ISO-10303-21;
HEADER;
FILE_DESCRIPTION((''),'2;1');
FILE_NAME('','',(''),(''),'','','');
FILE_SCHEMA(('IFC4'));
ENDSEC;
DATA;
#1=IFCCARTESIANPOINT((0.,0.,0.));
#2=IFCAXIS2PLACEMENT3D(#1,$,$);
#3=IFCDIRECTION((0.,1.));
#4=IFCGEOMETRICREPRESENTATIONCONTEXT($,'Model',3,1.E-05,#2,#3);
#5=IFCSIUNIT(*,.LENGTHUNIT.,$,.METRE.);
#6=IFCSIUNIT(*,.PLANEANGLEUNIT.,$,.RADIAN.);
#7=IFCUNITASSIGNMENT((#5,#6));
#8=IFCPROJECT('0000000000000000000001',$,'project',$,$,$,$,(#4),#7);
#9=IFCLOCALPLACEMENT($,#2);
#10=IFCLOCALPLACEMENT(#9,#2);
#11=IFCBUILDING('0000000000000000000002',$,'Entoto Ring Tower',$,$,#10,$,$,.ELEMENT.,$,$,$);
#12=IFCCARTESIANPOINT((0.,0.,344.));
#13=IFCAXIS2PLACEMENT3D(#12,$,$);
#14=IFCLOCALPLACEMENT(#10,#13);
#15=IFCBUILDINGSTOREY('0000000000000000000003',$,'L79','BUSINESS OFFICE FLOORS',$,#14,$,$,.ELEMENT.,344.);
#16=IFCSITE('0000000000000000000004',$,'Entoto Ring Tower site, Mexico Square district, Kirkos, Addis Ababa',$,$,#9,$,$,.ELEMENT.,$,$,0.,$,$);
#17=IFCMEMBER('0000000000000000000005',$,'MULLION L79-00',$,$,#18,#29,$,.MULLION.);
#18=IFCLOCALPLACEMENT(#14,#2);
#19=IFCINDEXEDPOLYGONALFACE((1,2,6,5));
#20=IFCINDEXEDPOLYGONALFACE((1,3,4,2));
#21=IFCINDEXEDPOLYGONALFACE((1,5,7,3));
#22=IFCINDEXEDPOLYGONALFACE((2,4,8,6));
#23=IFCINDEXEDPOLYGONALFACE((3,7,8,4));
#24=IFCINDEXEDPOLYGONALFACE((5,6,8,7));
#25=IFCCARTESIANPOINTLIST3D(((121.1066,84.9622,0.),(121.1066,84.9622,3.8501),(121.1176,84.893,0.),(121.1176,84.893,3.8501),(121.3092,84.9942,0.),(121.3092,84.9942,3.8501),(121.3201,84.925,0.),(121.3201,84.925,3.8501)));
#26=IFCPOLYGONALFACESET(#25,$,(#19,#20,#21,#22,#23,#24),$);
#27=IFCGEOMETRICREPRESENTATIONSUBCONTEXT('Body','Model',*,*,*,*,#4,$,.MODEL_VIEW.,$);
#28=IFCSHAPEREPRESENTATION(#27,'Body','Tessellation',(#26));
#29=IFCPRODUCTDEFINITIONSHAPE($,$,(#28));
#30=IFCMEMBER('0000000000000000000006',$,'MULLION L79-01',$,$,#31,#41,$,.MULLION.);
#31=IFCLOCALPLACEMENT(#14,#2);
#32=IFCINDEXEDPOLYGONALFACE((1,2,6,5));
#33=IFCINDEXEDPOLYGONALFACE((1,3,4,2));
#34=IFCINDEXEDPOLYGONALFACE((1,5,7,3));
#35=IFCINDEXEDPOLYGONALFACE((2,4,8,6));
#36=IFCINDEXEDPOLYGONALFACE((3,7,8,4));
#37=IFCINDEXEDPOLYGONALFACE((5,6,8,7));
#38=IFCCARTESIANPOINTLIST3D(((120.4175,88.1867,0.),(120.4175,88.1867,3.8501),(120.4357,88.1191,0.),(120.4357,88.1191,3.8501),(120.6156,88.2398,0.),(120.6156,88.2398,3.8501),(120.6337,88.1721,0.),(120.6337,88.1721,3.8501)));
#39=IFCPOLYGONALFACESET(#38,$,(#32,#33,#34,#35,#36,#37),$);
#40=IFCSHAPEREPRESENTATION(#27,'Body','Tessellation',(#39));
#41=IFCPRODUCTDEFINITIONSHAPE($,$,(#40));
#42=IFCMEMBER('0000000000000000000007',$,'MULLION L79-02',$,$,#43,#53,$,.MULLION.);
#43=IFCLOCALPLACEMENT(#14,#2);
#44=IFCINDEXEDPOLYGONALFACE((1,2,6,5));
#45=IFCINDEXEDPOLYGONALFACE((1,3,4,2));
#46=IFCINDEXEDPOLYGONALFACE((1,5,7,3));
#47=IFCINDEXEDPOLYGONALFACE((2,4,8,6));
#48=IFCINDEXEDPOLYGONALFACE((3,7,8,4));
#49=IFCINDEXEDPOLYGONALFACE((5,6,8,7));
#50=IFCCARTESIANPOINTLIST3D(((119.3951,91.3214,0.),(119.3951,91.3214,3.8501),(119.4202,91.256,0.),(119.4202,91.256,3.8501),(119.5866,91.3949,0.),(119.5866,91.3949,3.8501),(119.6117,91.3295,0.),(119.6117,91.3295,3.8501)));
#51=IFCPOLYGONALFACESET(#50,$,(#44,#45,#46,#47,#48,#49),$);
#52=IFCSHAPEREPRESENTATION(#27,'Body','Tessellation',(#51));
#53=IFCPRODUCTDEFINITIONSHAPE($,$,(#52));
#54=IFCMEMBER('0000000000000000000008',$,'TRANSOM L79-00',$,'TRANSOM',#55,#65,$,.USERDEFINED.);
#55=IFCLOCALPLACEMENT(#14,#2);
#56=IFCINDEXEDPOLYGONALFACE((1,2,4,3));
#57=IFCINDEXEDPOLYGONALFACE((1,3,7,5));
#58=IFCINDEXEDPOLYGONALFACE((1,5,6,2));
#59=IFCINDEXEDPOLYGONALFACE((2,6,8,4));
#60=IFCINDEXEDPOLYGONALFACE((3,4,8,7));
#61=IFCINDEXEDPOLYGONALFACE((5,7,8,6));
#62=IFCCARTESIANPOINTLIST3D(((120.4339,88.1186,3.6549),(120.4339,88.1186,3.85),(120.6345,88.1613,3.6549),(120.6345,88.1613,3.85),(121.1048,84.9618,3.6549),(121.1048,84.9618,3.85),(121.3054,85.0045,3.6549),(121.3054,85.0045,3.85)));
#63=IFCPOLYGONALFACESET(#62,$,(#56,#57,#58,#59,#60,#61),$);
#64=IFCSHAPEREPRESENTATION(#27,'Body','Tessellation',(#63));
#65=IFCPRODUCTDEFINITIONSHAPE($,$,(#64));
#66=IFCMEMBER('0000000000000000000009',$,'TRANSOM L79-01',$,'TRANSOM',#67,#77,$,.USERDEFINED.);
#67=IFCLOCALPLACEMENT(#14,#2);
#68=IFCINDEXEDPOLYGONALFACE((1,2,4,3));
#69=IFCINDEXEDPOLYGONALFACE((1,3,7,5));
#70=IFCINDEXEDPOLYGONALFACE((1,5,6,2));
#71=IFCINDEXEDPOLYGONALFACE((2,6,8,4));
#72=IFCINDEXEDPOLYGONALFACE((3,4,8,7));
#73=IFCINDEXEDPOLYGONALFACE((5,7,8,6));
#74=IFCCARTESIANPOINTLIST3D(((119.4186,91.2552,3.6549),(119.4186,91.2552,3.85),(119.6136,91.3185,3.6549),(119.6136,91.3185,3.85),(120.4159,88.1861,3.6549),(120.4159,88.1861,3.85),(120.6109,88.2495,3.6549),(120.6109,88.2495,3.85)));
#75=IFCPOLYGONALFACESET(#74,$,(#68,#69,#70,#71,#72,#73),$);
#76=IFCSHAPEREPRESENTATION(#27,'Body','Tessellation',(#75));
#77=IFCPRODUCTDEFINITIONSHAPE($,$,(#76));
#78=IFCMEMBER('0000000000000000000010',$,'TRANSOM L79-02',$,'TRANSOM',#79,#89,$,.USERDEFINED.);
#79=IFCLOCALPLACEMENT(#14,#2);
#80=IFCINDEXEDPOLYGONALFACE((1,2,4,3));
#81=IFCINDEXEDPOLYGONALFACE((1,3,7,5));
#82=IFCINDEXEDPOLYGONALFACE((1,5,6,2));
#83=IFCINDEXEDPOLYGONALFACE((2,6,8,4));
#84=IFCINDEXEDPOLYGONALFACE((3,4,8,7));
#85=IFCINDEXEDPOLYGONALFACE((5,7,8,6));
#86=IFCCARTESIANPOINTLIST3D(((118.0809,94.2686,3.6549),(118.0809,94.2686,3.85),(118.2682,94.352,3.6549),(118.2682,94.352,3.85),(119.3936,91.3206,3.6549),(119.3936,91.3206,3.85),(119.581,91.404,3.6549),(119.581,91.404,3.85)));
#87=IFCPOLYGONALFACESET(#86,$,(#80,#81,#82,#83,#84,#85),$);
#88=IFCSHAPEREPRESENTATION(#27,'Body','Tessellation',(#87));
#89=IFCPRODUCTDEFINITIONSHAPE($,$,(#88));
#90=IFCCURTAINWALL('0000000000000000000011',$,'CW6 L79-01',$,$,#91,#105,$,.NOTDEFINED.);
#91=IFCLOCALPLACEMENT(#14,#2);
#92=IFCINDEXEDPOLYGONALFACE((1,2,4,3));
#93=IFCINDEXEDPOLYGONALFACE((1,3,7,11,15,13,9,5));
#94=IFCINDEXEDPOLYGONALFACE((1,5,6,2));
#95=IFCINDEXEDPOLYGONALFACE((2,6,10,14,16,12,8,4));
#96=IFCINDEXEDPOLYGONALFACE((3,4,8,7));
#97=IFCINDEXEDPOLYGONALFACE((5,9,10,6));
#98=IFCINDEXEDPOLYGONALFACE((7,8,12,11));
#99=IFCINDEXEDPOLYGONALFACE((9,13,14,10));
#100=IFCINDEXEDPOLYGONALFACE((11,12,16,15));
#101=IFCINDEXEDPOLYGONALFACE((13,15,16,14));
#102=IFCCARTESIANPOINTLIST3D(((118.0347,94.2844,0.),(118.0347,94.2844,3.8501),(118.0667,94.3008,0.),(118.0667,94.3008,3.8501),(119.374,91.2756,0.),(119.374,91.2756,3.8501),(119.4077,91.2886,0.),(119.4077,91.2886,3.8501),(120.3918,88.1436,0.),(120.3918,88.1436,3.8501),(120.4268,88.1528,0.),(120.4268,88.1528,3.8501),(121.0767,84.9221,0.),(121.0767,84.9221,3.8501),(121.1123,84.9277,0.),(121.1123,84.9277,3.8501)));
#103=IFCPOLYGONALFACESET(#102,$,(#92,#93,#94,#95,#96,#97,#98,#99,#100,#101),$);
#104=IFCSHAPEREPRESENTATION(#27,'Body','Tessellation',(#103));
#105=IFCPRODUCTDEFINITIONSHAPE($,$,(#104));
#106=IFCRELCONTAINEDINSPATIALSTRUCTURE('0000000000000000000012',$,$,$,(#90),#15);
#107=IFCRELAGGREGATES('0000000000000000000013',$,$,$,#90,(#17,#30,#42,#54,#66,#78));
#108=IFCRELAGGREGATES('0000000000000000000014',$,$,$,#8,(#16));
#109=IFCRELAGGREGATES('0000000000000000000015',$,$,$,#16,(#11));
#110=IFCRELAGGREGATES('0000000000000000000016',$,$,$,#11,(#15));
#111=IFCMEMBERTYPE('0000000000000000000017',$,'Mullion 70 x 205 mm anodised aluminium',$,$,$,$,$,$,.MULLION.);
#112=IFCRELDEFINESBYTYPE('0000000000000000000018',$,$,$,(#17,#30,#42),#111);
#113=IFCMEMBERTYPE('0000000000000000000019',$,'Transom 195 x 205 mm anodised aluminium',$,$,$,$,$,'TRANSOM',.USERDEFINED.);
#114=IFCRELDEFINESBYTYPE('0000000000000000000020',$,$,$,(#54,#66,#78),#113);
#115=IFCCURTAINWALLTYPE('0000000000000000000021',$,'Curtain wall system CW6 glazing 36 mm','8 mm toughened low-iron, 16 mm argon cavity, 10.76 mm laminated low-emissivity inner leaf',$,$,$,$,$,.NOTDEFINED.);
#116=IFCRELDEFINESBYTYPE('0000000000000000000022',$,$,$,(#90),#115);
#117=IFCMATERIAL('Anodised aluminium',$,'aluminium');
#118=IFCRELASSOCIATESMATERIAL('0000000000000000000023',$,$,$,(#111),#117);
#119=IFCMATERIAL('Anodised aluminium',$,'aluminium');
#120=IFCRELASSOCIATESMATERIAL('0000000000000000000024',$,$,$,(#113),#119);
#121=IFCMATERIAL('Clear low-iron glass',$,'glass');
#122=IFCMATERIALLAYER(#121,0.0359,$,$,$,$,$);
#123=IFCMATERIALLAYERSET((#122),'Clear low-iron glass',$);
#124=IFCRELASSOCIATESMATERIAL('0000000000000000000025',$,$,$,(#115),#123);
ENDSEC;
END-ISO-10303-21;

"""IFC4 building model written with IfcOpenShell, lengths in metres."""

from ifc_helpers import new_model, si_unit, direction, frame, origin, origin_2d, place, context, subcontext, project, spatial, polyline, rectangle, outline, extrude, material, layer, layer_set, material_profile, profile_set, type_object, element, aggregate, save


model = new_model("IFC4")

# Units and contexts
model_context = context("Model", 3, precision=1e-05, world=origin(), true_north=direction((0.0, 1.0)))
body_context = subcontext(model_context, "Body", "Model", "MODEL_VIEW")
ifc_project = project(units=[si_unit("LENGTHUNIT", "METRE"), si_unit("PLANEANGLEUNIT", "RADIAN")], contexts=[model_context])

# Members
ifc_material_1 = material(Name="Anodised aluminium", Category="aluminium")
ifc_material_profile_1 = material_profile(ifc_material_1, rectangle(XDim=0.0701, YDim=0.2051, at=origin_2d()), Name="Mullion 70 x 205 mm anodised aluminium")
ifc_profile_set_1 = profile_set([ifc_material_profile_1], Name="Anodised aluminium")
member_type_1 = type_object("IfcMemberType", Name="Mullion 70 x 205 mm anodised aluminium", PredefinedType="MULLION", material=ifc_profile_set_1)
site_placement = place(None, origin())
building_placement = place(site_placement, origin())
storey_placement = place(building_placement, frame((0.0, 0.0, 344.0)))
member_1_placement = place(storey_placement, frame((121.2134, 84.9436, 0.0), z_axis=(0.0, 0.0, 1.0), x_axis=(-0.156434, 0.987688, 0.0)))
member_1 = element("IfcMember", 1, at=member_1_placement, type_object=member_type_1, Name="MULLION L79-00", PredefinedType="MULLION", context=body_context, shape_type="SweptSolid", body=[
    extrude(rectangle(XDim=0.0701, YDim=0.2051, at=origin_2d()), origin(), (0.0, 0.0, 1.0), 3.8501),
])
member_2_placement = place(storey_placement, frame((120.5256, 88.1794, 0.0), z_axis=(0.0, 0.0, 1.0), x_axis=(-0.258819, 0.965926, 0.0)))
member_2 = element("IfcMember", 2, at=member_2_placement, type_object=member_type_1, Name="MULLION L79-01", PredefinedType="MULLION", context=body_context, shape_type="SweptSolid", body=[
    extrude(rectangle(XDim=0.0701, YDim=0.2051, at=origin_2d()), origin(), (0.0, 0.0, 1.0), 3.8501),
])
member_3_placement = place(storey_placement, frame((119.5034, 91.3254, 0.0), z_axis=(0.0, 0.0, 1.0), x_axis=(-0.358368, 0.93358, 0.0)))
member_3 = element("IfcMember", 3, at=member_3_placement, type_object=member_type_1, Name="MULLION L79-02", PredefinedType="MULLION", context=body_context, shape_type="SweptSolid", body=[
    extrude(rectangle(XDim=0.0701, YDim=0.2051, at=origin_2d()), origin(), (0.0, 0.0, 1.0), 3.8501),
])
ifc_material_2 = material(Name="Anodised aluminium", Category="aluminium")
ifc_material_profile_2 = material_profile(ifc_material_2, rectangle(XDim=0.2051, YDim=0.1951, at=origin_2d()), Name="Transom 195 x 205 mm anodised aluminium")
ifc_profile_set_2 = profile_set([ifc_material_profile_2], Name="Anodised aluminium")
member_type_2 = type_object("IfcMemberType", Name="Transom 195 x 205 mm anodised aluminium", ElementType="TRANSOM", PredefinedType="USERDEFINED", material=ifc_profile_set_2)
member_4_placement = place(storey_placement, frame((121.2051, 84.9832, 3.7524), z_axis=(-0.207886, 0.978153, 0.0), x_axis=(-0.978153, -0.207886, 0.0)))
member_4 = element("IfcMember", 4, at=member_4_placement, type_object=member_type_2, Name="TRANSOM L79-00", ObjectType="TRANSOM", PredefinedType="USERDEFINED", context=body_context, shape_type="SweptSolid", body=[
    extrude(rectangle(XDim=0.2051, YDim=0.1951, at=origin_2d()), origin(), (0.0, 0.0, 1.0), 3.2273),
])
member_5_placement = place(storey_placement, frame((120.5134, 88.2178, 3.7524), z_axis=(-0.309047, 0.951047, 0.0), x_axis=(-0.951047, -0.309047, 0.0)))
member_5 = element("IfcMember", 5, at=member_5_placement, type_object=member_type_2, Name="TRANSOM L79-01", ObjectType="TRANSOM", PredefinedType="USERDEFINED", context=body_context, shape_type="SweptSolid", body=[
    extrude(rectangle(XDim=0.2051, YDim=0.1951, at=origin_2d()), origin(), (0.0, 0.0, 1.0), 3.2271),
])
member_6_placement = place(storey_placement, frame((119.4873, 91.3623, 3.7524), z_axis=(-0.406791, 0.913521, 0.0), x_axis=(-0.913521, -0.406791, 0.0)))
member_6 = element("IfcMember", 6, at=member_6_placement, type_object=member_type_2, Name="TRANSOM L79-02", ObjectType="TRANSOM", PredefinedType="USERDEFINED", context=body_context, shape_type="SweptSolid", body=[
    extrude(rectangle(XDim=0.2051, YDim=0.1951, at=origin_2d()), origin(), (0.0, 0.0, 1.0), 3.2271),
])

# Site, building, storey
site = spatial("IfcSite", under=ifc_project, at=site_placement, Name="Entoto Ring Tower site, Mexico Square district, Kirkos, Addis Ababa", CompositionType="ELEMENT", RefElevation=0.0)
building = spatial("IfcBuilding", under=site, at=building_placement, Name="Entoto Ring Tower", CompositionType="ELEMENT")
storey = spatial("IfcBuildingStorey", under=building, at=storey_placement, Name="L79", Description="BUSINESS OFFICE FLOORS", CompositionType="ELEMENT", Elevation=344.0)

# Curtain wall
ifc_material_3 = material(Name="Clear low-iron glass", Category="glass")
ifc_layer_1 = layer(ifc_material_3, 0.0359)
ifc_layer_set_1 = layer_set([ifc_layer_1], Name="Clear low-iron glass")
curtain_wall_type = type_object("IfcCurtainWallType", Name="Curtain wall system CW6 glazing 36 mm", Description="8 mm toughened low-iron, 16 mm argon cavity, 10.76 mm laminated low-emissivity inner leaf", PredefinedType="NOTDEFINED", material=ifc_layer_set_1)
curtain_wall_1_placement = place(storey_placement, origin())
curtain_wall_1 = element("IfcCurtainWall", 7, at=curtain_wall_1_placement, inside=storey, type_object=curtain_wall_type, Name="CW6 L79-01", PredefinedType="NOTDEFINED", context=body_context, shape_type="SweptSolid", body=[
    extrude(outline(polyline([(121.1123, 84.9277), (120.4268, 88.1528), (119.4077, 91.2886), (118.0667, 94.3008), (118.0347, 94.2844), (119.374, 91.2756), (120.3918, 88.1436), (121.0767, 84.9221), (121.1123, 84.9277)])), origin(), (0.0, 0.0, 1.0), 3.8501),
])
aggregate(curtain_wall_1, [member_1, member_2, member_3, member_4, member_5, member_6])

save(model, "model.ifc")
